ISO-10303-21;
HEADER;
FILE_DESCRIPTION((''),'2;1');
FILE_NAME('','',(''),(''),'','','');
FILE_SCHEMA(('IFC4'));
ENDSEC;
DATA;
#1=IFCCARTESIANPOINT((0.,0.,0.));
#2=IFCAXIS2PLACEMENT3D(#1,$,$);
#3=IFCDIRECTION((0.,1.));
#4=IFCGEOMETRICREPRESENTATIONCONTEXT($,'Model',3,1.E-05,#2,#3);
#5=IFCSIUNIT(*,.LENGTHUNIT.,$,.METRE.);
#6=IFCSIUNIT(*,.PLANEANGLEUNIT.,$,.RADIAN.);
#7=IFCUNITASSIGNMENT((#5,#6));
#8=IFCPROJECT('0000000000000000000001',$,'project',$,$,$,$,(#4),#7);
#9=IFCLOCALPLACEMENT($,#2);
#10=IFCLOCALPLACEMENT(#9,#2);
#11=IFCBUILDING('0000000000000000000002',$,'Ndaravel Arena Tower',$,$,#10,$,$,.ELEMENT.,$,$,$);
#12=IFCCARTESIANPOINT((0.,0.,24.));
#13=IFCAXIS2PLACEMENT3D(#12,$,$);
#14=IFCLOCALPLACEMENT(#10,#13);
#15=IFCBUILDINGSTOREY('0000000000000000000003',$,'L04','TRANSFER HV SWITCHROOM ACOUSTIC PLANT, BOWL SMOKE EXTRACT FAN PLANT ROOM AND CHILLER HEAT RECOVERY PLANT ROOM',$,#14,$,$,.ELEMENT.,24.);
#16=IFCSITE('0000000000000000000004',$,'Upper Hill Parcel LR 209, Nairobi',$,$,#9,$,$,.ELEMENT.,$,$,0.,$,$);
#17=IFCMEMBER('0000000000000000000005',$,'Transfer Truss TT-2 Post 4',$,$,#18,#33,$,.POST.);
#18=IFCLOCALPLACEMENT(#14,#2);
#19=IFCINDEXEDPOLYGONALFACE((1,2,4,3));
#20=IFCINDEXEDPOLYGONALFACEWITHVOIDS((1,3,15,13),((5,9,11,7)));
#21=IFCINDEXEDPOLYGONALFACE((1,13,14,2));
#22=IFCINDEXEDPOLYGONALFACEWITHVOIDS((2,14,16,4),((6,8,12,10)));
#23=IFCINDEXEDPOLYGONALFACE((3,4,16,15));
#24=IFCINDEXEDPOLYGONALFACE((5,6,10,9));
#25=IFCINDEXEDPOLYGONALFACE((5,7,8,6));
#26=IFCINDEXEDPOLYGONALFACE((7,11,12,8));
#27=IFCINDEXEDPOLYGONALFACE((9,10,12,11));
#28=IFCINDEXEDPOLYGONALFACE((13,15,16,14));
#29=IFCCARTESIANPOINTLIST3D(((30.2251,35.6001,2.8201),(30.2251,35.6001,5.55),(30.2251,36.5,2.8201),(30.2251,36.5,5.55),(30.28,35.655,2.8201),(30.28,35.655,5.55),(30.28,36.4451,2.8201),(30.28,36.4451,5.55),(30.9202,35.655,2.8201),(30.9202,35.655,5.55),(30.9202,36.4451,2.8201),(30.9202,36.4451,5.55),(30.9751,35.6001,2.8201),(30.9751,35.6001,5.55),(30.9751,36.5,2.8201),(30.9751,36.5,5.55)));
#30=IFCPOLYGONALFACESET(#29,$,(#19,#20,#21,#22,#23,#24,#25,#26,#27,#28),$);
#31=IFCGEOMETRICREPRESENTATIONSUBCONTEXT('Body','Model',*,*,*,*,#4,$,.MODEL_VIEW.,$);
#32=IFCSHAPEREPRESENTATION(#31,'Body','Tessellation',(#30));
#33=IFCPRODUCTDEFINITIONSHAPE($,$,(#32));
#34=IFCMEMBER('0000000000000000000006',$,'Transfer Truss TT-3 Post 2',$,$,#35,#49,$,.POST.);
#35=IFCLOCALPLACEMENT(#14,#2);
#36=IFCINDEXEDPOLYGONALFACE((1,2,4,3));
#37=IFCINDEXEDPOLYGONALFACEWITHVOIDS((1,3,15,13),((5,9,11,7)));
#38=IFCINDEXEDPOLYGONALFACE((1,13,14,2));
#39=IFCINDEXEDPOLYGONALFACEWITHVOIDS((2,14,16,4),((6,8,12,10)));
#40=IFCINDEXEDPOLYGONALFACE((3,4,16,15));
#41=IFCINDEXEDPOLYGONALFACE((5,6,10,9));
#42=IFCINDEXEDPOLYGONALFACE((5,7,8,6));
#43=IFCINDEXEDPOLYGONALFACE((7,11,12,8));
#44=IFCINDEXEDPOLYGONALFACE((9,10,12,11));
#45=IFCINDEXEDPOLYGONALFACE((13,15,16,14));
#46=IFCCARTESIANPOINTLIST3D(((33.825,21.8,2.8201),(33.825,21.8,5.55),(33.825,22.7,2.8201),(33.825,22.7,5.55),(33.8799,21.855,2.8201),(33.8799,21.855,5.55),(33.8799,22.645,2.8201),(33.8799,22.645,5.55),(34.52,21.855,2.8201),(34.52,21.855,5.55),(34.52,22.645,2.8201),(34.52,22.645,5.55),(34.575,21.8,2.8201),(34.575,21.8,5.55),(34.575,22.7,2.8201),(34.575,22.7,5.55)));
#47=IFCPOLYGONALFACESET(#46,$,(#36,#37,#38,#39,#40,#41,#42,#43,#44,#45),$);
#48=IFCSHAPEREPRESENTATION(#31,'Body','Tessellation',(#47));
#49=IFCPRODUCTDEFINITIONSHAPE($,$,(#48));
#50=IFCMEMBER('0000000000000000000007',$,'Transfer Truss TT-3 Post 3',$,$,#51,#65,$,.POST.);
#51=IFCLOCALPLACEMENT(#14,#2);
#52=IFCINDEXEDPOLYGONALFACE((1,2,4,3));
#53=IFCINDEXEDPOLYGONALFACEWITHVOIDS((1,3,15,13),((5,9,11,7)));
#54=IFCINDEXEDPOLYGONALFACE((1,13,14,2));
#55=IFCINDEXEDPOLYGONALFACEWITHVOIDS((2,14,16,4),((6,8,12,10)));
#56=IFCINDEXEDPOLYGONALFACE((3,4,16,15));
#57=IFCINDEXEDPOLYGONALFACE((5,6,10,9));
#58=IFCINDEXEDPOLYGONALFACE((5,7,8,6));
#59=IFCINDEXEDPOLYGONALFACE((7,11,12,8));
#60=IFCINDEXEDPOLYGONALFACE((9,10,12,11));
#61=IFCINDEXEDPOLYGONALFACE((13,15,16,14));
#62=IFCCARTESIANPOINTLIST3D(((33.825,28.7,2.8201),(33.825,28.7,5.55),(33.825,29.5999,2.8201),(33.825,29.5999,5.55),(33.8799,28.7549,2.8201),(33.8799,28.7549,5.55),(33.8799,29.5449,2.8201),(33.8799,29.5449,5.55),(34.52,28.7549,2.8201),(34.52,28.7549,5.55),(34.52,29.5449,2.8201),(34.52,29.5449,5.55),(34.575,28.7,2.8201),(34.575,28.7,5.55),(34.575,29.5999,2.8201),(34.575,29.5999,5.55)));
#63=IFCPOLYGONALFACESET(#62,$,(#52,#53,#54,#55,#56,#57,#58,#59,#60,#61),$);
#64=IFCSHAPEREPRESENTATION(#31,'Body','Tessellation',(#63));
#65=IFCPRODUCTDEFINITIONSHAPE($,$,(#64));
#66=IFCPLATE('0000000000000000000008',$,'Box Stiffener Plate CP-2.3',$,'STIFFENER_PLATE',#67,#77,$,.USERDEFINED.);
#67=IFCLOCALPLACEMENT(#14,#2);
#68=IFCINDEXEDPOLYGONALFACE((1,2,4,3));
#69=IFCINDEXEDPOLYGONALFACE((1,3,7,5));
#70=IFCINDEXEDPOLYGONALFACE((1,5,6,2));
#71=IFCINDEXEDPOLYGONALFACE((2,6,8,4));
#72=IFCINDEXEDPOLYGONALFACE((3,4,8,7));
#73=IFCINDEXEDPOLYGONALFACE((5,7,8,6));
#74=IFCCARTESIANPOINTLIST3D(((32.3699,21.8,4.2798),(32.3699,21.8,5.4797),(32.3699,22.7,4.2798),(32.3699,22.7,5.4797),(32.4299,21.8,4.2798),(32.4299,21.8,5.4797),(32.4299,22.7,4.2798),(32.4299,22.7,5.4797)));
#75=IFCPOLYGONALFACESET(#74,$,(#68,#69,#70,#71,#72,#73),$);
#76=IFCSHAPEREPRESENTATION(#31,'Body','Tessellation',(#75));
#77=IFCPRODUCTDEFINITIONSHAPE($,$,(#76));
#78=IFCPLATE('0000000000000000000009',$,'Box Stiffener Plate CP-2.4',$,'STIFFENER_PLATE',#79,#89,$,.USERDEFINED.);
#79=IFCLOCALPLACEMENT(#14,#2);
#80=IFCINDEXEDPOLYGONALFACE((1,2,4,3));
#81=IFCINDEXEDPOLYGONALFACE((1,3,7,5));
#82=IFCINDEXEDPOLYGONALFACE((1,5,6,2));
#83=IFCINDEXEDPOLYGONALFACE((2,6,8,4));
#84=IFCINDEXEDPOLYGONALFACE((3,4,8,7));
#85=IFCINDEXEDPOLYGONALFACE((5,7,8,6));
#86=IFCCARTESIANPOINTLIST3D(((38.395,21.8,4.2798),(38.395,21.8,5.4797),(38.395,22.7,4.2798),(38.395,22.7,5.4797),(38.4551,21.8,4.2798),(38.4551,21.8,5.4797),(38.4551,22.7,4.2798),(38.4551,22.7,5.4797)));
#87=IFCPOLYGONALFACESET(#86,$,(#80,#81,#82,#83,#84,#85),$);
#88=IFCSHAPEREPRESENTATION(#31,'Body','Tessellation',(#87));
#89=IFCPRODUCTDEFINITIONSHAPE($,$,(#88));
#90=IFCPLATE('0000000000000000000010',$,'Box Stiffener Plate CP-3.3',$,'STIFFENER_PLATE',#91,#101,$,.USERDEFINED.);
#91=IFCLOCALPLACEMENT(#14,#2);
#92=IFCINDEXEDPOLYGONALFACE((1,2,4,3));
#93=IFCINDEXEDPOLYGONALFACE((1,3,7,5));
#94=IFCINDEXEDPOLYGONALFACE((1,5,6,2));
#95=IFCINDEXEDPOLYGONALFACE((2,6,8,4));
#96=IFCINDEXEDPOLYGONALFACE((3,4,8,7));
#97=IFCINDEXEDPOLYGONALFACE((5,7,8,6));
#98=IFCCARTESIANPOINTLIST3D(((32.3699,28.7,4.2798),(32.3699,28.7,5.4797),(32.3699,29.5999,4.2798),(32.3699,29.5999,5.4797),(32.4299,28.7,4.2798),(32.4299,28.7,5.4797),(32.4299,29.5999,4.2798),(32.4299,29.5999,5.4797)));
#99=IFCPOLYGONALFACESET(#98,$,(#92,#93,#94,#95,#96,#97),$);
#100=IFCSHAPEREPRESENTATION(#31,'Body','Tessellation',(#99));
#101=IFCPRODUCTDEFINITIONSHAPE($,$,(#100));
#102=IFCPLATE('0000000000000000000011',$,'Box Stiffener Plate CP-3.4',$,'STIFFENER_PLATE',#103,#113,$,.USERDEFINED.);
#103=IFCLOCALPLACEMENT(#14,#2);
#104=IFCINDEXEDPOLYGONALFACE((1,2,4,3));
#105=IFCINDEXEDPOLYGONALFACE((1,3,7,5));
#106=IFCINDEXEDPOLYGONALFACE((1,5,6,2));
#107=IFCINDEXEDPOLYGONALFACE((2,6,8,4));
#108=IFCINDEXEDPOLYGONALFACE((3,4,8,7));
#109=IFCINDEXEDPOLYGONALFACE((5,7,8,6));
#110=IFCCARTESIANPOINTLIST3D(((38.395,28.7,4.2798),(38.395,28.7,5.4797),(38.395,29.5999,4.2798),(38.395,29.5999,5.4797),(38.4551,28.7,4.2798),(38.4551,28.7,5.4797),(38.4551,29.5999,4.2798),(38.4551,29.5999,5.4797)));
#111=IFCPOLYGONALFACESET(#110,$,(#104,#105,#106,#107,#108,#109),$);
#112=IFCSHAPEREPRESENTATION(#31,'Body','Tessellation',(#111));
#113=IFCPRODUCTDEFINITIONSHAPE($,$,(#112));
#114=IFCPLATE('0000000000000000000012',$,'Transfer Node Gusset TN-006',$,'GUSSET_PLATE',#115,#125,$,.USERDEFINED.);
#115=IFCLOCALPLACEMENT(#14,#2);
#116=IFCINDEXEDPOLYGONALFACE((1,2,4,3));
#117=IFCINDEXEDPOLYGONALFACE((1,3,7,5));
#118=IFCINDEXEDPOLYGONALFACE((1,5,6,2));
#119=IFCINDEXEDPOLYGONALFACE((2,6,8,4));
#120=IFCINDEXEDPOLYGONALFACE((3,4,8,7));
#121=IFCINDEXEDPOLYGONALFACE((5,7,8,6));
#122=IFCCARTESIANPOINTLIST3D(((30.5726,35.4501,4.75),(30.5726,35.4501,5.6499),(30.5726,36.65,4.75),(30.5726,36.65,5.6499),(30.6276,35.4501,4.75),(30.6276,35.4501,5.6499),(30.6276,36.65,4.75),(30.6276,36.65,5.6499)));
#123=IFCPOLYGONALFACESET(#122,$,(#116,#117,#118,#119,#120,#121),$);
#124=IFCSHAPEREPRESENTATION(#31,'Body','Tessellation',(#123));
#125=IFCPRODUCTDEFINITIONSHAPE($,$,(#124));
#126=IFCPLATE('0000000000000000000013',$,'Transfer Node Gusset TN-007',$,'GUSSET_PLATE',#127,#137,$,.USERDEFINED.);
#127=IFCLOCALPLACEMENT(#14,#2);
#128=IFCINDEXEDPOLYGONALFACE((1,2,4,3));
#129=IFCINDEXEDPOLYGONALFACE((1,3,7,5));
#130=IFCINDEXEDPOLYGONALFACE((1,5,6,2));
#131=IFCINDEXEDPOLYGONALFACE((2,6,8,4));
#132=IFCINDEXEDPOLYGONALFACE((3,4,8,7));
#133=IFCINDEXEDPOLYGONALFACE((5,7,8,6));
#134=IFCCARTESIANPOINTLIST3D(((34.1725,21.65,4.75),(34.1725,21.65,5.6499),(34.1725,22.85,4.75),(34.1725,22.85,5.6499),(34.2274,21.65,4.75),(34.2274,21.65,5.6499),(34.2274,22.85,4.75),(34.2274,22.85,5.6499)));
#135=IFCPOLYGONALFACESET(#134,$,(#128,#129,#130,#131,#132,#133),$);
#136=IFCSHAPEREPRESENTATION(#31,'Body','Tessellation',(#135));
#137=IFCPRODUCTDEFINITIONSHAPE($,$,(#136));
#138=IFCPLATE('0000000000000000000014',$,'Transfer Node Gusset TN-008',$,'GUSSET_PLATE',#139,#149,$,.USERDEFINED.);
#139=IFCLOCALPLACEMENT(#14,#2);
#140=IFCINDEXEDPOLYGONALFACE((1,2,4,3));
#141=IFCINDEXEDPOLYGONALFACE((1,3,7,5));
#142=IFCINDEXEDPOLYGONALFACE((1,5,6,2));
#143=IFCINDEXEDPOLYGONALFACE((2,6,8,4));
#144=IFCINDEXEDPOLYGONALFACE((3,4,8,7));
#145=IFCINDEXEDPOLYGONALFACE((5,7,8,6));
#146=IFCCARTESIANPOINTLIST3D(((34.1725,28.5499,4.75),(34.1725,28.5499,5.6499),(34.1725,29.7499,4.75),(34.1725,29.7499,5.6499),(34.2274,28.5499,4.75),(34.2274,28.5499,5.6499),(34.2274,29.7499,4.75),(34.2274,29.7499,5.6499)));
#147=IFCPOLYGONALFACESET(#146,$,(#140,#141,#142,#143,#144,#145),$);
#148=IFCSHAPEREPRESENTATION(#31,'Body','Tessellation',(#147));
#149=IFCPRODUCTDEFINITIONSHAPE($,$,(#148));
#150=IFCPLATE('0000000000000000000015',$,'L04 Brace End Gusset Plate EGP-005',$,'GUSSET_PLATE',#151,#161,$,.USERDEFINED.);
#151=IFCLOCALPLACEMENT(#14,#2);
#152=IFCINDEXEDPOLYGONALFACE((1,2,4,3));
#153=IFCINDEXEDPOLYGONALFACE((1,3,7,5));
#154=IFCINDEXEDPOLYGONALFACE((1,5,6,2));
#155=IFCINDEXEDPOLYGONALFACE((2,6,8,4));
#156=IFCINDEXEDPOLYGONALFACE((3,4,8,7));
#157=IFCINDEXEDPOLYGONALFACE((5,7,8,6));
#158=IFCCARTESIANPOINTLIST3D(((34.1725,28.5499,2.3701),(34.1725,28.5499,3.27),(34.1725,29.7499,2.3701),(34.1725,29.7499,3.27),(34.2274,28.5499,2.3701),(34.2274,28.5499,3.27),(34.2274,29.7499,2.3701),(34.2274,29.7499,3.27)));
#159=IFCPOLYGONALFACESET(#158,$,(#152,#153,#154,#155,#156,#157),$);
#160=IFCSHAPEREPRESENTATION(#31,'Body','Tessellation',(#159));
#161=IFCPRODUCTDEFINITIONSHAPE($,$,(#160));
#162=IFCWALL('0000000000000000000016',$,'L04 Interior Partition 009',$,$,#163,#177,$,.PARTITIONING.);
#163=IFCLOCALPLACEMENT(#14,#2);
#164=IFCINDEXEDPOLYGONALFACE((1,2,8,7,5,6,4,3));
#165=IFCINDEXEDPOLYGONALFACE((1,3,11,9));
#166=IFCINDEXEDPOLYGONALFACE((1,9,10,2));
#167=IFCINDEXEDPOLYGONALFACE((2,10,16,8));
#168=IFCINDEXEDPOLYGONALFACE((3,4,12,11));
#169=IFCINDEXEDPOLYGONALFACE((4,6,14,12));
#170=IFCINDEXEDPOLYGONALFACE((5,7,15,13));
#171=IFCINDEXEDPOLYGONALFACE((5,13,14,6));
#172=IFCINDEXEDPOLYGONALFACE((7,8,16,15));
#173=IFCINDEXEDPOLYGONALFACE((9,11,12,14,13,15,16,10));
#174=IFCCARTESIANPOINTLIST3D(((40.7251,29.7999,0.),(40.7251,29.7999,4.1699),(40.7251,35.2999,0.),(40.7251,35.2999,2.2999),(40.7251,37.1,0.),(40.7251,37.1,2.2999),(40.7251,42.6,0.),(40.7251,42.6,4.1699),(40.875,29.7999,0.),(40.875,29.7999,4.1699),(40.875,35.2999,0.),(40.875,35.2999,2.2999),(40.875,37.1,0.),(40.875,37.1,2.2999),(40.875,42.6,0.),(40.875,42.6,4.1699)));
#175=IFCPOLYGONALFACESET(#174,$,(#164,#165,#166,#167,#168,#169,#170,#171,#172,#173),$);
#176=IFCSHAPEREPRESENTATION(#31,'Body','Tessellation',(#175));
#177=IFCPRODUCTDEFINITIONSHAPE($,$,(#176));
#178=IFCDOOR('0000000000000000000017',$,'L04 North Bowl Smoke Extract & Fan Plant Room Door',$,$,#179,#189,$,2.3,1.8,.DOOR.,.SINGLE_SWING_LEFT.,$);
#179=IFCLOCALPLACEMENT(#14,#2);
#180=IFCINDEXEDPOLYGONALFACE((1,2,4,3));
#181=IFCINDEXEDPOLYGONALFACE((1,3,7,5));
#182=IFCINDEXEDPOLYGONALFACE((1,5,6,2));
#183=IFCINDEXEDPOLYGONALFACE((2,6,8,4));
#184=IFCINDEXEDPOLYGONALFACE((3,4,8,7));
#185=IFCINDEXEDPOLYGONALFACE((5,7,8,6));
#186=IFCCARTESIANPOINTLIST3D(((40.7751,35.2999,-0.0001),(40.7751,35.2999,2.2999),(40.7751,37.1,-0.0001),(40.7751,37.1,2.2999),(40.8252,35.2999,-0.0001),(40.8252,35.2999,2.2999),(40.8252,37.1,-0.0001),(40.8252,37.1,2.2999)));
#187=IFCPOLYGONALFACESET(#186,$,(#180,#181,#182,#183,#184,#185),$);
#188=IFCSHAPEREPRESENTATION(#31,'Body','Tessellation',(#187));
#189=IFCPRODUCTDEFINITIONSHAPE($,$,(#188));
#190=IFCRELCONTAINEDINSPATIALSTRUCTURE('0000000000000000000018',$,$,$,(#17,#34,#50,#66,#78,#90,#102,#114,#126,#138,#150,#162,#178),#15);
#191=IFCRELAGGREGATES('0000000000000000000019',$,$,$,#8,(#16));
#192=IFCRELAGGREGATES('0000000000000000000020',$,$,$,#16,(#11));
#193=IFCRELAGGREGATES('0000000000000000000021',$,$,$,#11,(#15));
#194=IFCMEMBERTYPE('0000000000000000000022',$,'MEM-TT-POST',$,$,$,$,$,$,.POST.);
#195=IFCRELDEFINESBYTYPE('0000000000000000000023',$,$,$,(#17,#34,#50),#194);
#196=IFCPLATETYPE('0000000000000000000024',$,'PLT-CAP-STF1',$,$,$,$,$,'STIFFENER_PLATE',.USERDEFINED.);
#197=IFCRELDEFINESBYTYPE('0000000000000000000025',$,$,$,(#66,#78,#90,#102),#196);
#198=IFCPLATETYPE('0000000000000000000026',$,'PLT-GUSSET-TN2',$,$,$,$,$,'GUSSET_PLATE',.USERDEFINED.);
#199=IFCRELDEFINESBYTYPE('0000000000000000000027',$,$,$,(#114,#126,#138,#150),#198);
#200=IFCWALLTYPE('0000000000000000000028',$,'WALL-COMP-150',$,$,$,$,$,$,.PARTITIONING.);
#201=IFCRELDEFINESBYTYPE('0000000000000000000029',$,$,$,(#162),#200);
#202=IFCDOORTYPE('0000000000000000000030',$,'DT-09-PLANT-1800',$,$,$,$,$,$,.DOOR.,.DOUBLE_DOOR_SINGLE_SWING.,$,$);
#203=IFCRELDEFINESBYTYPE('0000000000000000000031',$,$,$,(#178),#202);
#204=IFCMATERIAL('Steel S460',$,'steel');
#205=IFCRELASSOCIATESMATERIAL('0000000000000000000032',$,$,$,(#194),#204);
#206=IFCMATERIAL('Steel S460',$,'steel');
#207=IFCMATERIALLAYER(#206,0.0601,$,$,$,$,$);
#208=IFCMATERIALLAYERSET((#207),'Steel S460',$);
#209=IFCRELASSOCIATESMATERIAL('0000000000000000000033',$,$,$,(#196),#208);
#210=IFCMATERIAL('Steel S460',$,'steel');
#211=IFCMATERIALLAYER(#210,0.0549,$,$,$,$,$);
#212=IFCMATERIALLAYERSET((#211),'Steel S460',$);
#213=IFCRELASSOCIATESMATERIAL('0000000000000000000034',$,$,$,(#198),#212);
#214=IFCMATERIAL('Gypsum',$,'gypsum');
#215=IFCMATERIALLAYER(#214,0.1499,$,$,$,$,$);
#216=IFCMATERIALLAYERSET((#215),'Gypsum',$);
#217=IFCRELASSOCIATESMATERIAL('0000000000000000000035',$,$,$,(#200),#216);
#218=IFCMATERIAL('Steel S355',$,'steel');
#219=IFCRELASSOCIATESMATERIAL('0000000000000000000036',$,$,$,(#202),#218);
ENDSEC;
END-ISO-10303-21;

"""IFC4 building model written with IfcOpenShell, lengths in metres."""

from ifc_helpers import new_model, si_unit, direction, frame, frame_2d, origin, origin_2d, place, context, subcontext, project, spatial, rectangle, hollow_rectangle, extrude, material, layer, layer_set, material_profile, profile_set, type_object, element, fill, save


model = new_model("IFC4")

# Units and contexts
model_context = context("Model", 3, precision=1e-05, world=origin(), true_north=direction((0.0, 1.0)))
body_context = subcontext(model_context, "Body", "Model", "MODEL_VIEW")
ifc_project = project(units=[si_unit("LENGTHUNIT", "METRE"), si_unit("PLANEANGLEUNIT", "RADIAN")], contexts=[model_context])

# Site, building, storey
site_placement = place(None, origin())
site = spatial("IfcSite", under=ifc_project, at=site_placement, Name="Upper Hill Parcel LR 209, Nairobi", CompositionType="ELEMENT", RefElevation=0.0)
building_placement = place(site_placement, origin())
building = spatial("IfcBuilding", under=site, at=building_placement, Name="Ndaravel Arena Tower", CompositionType="ELEMENT")
storey_placement = place(building_placement, frame((0.0, 0.0, 24.0)))
storey = spatial("IfcBuildingStorey", under=building, at=storey_placement, Name="L04", Description="TRANSFER HV SWITCHROOM ACOUSTIC PLANT, BOWL SMOKE EXTRACT FAN PLANT ROOM AND CHILLER HEAT RECOVERY PLANT ROOM", CompositionType="ELEMENT", Elevation=24.0)

# Members
ifc_material_1 = material(Name="Steel S460", Category="steel")
ifc_material_profile_1 = material_profile(ifc_material_1, hollow_rectangle(XDim=0.75, YDim=0.8999, WallThickness=0.0549, at=origin_2d()), Name="BOX 900x750x55")
ifc_profile_set_1 = profile_set([ifc_material_profile_1], Name="Steel S460")
member_type_1 = type_object("IfcMemberType", Name="MEM-TT-POST", PredefinedType="POST", material=ifc_profile_set_1)
for number, where, z_axis, x_axis, name in (
    (1, (30.6001, 36.05, 2.8201), (0.0, 0.0, 1.0), (1.0, 0.0, 0.0), "Transfer Truss TT-2 Post 4"),
    (2, (34.2, 22.25, 2.8201), (0.0, 0.0, 1.0), (1.0, 0.0, 0.0), "Transfer Truss TT-3 Post 2"),
    (3, (34.2, 29.1499, 2.8201), (0.0, 0.0, 1.0), (1.0, 0.0, 0.0), "Transfer Truss TT-3 Post 3"),
):
    element("IfcMember", number, at=place(storey_placement, frame(where, z_axis=z_axis, x_axis=x_axis)), inside=storey, type_object=member_type_1, Name=name, PredefinedType="POST", context=body_context, shape_type="SweptSolid", body=[
        extrude(hollow_rectangle(XDim=0.75, YDim=0.8999, WallThickness=0.0549, at=origin_2d()), origin(), (0.0, 0.0, 1.0), 2.73),
    ])

# Plates
ifc_material_2 = material(Name="Steel S460", Category="steel")
ifc_layer_1 = layer(ifc_material_2, 0.0601)
ifc_layer_set_1 = layer_set([ifc_layer_1], Name="Steel S460")
plate_type_1 = type_object("IfcPlateType", Name="PLT-CAP-STF1", ElementType="STIFFENER_PLATE", PredefinedType="USERDEFINED", material=ifc_layer_set_1)
for number, where, z_axis, x_axis, name in (
    (4, (32.3999, 22.25, 4.2798), (0.0, 0.0, 1.0), (1.0, 0.0, 0.0), "Box Stiffener Plate CP-2.3"),
    (5, (38.425, 22.25, 4.2798), (0.0, 0.0, 1.0), (1.0, 0.0, 0.0), "Box Stiffener Plate CP-2.4"),
    (6, (32.3999, 29.1499, 4.2798), (0.0, 0.0, 1.0), (1.0, 0.0, 0.0), "Box Stiffener Plate CP-3.3"),
    (7, (38.425, 29.1499, 4.2798), (0.0, 0.0, 1.0), (1.0, 0.0, 0.0), "Box Stiffener Plate CP-3.4"),
):
    element("IfcPlate", number, at=place(storey_placement, frame(where, z_axis=z_axis, x_axis=x_axis)), inside=storey, type_object=plate_type_1, Name=name, ObjectType="STIFFENER_PLATE", PredefinedType="USERDEFINED", context=body_context, shape_type="SweptSolid", body=[
        extrude(rectangle(XDim=0.0601, YDim=0.8999, at=origin_2d()), origin(), (0.0, 0.0, 1.0), 1.2),
    ])
ifc_material_3 = material(Name="Steel S460", Category="steel")
ifc_layer_2 = layer(ifc_material_3, 0.0549)
ifc_layer_set_2 = layer_set([ifc_layer_2], Name="Steel S460")
plate_type_2 = type_object("IfcPlateType", Name="PLT-GUSSET-TN2", ElementType="GUSSET_PLATE", PredefinedType="USERDEFINED", material=ifc_layer_set_2)
for number, where, z_axis, x_axis, name in (
    (8, (30.6001, 36.05, 4.75), (0.0, 0.0, 1.0), (1.0, 0.0, 0.0), "Transfer Node Gusset TN-006"),
    (9, (34.2, 22.25, 4.75), (0.0, 0.0, 1.0), (1.0, 0.0, 0.0), "Transfer Node Gusset TN-007"),
    (10, (34.2, 29.1499, 4.75), (0.0, 0.0, 1.0), (1.0, 0.0, 0.0), "Transfer Node Gusset TN-008"),
    (11, (34.2, 29.1499, 2.3701), (0.0, 0.0, 1.0), (1.0, 0.0, 0.0), "L04 Brace End Gusset Plate EGP-005"),
):
    element("IfcPlate", number, at=place(storey_placement, frame(where, z_axis=z_axis, x_axis=x_axis)), inside=storey, type_object=plate_type_2, Name=name, ObjectType="GUSSET_PLATE", PredefinedType="USERDEFINED", context=body_context, shape_type="SweptSolid", body=[
        extrude(rectangle(XDim=0.0549, YDim=1.2, at=origin_2d()), origin(), (0.0, 0.0, 1.0), 0.8999),
    ])

# Wall, opening, door
ifc_material_4 = material(Name="Gypsum", Category="gypsum")
ifc_layer_3 = layer(ifc_material_4, 0.1499)
ifc_layer_set_3 = layer_set([ifc_layer_3], Name="Gypsum")
wall_type = type_object("IfcWallType", Name="WALL-COMP-150", PredefinedType="PARTITIONING", material=ifc_layer_set_3)
wall_placement = place(storey_placement, frame((40.8, 29.8, 0.0), z_axis=(0.0, 0.0, 1.0), x_axis=(0.0, 1.0, 0.0)))
wall = element("IfcWall", 12, at=wall_placement, inside=storey, type_object=wall_type, Name="L04 Interior Partition 009", PredefinedType="PARTITIONING", context=body_context, shape_type="SweptSolid", body=[
    extrude(rectangle(XDim=12.8, YDim=0.1499, at=frame_2d((6.3999, 0.0))), origin(), (0.0, 0.0, 1.0), 4.1699),
])
opening_placement = place(wall_placement, frame((5.5, 0.0, 0.0)))
opening = element("IfcOpeningElement", 13, at=opening_placement, cuts=wall, PredefinedType="OPENING", context=body_context, shape_type="SweptSolid", body=[
    extrude(rectangle(XDim=1.8, YDim=2.3, at=frame_2d((0.8999, 1.1499))), frame((0.0, 0.075, 0.0), z_axis=(0.0, -1.0, 0.0), x_axis=(1.0, 0.0, 0.0)), (0.0, 0.0, 1.0), 0.1499),
])
ifc_material_5 = material(Name="Steel S355", Category="steel")
door_type = type_object("IfcDoorType", Name="DT-09-PLANT-1800", OperationType="DOUBLE_DOOR_SINGLE_SWING", PredefinedType="DOOR", material=ifc_material_5)
door_placement = place(opening_placement, origin())
door = element("IfcDoor", 14, at=door_placement, inside=storey, type_object=door_type, Name="L04 North Bowl Smoke Extract & Fan Plant Room Door", OperationType="SINGLE_SWING_LEFT", OverallHeight=2.3, OverallWidth=1.8, PredefinedType="DOOR", context=body_context, shape_type="SweptSolid", body=[
    extrude(rectangle(XDim=1.8, YDim=2.3, at=frame_2d((0.8999, 1.1499))), frame((0.0, 0.0249, 0.0), z_axis=(0.0, -1.0, 0.0), x_axis=(1.0, 0.0, 0.0)), (0.0, 0.0, 1.0), 0.05),
])
fill(opening, door)

save(model, "model.ifc")
